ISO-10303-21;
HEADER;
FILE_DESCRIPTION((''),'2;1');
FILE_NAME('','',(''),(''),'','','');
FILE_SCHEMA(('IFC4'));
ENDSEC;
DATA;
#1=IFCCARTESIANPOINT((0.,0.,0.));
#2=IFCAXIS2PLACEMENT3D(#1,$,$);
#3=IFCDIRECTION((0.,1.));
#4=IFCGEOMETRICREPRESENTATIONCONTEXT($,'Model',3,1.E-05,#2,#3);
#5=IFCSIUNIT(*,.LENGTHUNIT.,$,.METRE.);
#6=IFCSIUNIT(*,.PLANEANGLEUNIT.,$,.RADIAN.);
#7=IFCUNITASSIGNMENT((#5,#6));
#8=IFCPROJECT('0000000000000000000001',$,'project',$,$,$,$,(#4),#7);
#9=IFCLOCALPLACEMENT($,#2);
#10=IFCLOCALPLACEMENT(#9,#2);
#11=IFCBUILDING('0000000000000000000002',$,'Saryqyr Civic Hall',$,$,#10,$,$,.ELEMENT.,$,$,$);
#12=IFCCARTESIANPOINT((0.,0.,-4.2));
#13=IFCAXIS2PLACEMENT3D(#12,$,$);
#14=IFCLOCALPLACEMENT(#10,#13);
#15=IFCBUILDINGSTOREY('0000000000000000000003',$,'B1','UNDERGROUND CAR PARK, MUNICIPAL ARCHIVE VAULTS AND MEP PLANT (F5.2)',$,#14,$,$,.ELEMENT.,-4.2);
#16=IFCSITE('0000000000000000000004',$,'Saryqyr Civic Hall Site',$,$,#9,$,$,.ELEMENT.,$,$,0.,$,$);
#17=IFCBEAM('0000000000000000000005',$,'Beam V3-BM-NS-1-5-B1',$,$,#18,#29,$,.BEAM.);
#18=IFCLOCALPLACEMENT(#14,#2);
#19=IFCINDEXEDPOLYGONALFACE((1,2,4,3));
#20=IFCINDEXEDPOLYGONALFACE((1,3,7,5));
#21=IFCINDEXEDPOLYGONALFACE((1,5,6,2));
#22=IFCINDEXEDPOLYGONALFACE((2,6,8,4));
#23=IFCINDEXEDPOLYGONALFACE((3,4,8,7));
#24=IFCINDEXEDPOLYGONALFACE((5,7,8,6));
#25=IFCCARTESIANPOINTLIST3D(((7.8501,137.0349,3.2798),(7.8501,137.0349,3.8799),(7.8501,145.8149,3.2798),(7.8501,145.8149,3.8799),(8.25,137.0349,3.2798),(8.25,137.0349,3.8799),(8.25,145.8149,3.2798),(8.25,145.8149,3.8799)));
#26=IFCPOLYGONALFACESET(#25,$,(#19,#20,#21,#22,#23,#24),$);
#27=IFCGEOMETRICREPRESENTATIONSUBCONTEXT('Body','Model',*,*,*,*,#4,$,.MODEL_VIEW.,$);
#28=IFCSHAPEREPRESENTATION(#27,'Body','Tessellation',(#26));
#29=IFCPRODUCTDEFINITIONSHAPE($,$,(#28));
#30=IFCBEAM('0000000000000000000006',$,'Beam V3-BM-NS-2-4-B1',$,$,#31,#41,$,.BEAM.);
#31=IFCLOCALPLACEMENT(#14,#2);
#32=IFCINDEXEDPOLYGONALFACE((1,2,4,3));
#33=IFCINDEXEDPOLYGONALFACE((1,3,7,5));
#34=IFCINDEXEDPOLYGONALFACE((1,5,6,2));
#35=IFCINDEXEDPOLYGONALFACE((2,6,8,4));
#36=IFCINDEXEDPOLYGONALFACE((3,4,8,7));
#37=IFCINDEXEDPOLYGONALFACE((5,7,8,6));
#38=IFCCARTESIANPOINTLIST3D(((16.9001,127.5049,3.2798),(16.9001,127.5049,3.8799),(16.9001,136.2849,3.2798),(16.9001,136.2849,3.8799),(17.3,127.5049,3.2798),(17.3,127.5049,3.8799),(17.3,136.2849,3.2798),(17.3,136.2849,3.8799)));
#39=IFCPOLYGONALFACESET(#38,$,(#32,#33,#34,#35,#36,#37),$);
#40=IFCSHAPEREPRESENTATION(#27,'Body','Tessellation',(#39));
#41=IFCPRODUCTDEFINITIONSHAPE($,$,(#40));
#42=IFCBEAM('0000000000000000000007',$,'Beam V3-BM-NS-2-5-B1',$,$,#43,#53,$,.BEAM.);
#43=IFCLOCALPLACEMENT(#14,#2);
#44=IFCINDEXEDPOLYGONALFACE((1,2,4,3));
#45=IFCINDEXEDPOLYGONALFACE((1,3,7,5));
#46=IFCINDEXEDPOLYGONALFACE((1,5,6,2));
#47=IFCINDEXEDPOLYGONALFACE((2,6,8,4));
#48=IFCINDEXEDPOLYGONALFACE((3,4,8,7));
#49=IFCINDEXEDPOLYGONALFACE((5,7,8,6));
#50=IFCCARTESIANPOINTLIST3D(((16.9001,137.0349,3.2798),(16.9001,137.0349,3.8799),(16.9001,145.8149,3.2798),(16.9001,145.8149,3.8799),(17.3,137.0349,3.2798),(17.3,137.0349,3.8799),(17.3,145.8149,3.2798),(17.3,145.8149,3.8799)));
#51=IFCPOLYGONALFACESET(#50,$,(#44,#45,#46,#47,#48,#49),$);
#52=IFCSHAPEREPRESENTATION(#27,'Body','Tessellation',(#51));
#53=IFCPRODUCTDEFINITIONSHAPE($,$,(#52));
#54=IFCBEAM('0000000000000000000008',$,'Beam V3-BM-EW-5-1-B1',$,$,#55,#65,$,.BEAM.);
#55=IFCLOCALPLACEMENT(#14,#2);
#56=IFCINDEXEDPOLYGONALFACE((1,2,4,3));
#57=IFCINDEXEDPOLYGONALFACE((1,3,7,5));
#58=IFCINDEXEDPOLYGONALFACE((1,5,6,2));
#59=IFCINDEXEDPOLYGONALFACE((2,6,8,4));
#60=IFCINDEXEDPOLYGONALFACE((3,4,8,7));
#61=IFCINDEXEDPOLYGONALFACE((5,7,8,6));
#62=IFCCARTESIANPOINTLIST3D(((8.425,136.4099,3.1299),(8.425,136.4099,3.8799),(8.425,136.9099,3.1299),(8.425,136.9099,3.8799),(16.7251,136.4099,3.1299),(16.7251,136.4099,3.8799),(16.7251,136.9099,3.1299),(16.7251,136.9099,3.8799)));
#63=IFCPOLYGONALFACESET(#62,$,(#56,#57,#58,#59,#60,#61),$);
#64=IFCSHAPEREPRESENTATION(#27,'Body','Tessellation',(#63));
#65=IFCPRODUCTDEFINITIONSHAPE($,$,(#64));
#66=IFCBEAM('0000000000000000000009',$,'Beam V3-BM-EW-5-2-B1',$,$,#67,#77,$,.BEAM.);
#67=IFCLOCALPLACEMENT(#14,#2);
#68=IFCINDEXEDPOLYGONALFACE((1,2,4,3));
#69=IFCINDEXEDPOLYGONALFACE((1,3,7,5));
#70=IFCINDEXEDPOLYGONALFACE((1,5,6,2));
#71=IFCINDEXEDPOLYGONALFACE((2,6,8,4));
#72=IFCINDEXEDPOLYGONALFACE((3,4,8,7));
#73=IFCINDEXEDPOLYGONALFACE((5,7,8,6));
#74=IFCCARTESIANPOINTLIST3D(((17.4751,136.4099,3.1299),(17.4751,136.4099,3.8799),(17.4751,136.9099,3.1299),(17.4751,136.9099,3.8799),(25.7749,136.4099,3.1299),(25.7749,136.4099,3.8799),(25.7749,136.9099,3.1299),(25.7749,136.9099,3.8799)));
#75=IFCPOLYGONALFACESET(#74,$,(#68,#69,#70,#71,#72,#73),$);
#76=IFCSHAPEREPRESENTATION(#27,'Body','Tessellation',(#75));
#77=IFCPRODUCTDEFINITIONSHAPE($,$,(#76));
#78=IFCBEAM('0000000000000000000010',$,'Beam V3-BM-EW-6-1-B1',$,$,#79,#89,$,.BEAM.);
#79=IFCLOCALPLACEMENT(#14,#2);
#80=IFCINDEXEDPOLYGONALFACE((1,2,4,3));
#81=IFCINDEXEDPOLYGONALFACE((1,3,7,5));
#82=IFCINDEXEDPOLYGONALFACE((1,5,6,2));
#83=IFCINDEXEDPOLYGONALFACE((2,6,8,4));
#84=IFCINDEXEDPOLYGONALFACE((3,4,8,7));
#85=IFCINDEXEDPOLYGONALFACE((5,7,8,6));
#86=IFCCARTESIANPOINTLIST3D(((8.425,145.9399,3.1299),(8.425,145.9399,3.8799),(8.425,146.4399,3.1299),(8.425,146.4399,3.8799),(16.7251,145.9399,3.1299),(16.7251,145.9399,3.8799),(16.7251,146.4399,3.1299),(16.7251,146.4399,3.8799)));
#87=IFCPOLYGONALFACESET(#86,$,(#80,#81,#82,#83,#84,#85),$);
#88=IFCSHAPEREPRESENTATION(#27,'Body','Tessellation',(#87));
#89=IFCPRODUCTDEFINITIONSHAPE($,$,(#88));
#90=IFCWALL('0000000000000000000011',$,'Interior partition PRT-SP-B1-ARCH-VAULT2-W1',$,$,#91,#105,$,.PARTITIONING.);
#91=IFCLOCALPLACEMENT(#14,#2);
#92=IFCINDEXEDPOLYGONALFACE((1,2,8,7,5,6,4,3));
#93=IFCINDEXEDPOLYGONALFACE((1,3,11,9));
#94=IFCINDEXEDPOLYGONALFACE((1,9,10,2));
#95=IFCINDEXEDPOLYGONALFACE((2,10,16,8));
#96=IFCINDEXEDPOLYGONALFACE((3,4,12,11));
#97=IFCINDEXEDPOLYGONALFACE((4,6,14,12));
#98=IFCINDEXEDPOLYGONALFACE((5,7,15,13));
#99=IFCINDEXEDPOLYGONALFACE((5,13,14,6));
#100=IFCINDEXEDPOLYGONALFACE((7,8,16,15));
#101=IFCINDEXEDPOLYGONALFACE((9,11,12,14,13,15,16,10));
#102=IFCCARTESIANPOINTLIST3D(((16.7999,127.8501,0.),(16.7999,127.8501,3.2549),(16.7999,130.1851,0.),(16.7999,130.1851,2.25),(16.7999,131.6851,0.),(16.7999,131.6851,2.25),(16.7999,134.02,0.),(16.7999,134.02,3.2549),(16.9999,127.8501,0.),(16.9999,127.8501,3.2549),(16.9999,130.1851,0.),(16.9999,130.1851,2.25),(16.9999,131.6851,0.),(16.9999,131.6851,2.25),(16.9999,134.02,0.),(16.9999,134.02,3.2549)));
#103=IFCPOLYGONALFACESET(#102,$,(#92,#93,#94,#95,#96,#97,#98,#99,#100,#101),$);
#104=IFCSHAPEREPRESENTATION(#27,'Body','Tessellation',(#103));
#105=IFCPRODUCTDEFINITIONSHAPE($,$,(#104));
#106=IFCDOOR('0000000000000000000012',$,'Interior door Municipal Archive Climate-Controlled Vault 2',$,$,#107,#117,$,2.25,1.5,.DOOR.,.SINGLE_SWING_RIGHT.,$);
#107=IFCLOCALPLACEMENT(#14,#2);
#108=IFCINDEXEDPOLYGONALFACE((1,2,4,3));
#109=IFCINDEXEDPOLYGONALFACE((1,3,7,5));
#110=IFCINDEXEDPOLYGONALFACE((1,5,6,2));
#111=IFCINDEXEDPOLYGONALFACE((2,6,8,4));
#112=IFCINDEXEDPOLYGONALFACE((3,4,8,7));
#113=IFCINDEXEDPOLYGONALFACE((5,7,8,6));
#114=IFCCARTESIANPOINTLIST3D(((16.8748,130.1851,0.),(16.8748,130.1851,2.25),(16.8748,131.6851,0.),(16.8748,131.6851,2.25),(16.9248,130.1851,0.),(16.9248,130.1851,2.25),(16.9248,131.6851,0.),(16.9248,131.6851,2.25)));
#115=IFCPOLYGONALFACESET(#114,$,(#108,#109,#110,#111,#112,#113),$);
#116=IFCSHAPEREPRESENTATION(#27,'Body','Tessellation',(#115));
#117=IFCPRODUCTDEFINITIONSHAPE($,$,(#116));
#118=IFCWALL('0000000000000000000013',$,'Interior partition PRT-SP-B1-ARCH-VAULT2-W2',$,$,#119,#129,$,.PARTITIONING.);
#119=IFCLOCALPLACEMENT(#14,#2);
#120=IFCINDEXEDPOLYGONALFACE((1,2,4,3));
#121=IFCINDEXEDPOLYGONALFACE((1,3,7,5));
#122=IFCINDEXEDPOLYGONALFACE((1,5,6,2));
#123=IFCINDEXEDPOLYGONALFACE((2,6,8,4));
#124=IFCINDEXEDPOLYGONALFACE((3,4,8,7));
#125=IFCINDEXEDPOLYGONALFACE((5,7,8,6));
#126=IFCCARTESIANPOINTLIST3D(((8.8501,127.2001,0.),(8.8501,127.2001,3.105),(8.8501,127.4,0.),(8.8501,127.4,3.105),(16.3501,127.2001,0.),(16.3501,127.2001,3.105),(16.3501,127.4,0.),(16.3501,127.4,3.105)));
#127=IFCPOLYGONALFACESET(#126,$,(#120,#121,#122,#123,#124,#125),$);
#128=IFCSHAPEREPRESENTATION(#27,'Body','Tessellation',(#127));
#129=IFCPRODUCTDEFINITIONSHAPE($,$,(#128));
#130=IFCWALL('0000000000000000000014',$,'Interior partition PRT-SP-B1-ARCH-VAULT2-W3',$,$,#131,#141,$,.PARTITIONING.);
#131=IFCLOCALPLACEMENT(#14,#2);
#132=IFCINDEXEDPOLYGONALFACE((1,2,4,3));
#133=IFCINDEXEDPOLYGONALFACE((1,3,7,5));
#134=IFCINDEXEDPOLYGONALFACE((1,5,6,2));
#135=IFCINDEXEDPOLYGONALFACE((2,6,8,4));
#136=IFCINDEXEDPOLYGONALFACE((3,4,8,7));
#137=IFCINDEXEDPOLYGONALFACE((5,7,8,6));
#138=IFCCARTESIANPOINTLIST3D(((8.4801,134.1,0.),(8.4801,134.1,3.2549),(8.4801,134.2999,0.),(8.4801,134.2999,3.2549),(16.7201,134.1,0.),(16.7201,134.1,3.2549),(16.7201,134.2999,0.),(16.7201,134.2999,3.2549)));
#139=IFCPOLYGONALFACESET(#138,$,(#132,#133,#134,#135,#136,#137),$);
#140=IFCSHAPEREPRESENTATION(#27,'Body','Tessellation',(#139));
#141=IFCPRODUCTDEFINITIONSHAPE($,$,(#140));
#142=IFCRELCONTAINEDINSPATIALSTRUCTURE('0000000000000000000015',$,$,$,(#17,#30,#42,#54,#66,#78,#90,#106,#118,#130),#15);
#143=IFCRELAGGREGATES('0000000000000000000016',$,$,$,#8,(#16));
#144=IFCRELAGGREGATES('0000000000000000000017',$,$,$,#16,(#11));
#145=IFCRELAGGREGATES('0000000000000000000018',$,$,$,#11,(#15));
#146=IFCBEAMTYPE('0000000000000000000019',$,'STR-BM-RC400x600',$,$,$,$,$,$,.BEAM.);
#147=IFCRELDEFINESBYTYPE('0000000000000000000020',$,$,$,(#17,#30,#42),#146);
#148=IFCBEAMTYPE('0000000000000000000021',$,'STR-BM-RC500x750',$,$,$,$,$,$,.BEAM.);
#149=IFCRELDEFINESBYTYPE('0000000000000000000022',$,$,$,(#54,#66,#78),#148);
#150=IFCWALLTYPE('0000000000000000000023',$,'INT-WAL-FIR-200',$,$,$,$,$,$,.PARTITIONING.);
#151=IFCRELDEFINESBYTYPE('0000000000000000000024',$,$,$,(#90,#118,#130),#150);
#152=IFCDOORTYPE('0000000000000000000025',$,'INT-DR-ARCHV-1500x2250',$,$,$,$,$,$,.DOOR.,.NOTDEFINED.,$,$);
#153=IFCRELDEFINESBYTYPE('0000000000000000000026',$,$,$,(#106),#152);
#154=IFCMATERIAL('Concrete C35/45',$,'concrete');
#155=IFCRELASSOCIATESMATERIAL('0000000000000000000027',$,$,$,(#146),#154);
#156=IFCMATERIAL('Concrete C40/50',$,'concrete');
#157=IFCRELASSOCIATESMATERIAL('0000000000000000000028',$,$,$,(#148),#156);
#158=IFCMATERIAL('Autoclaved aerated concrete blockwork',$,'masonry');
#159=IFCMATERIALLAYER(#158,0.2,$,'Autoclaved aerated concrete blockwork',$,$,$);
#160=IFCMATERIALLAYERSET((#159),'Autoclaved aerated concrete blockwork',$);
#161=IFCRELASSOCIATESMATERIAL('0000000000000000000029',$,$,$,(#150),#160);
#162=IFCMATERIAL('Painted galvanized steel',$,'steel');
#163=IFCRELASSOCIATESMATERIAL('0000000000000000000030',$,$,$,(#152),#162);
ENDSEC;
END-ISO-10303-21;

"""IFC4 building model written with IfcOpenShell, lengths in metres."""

from ifc_helpers import new_model, si_unit, direction, frame, frame_2d, origin, origin_2d, place, context, subcontext, project, spatial, rectangle, extrude, material, layer, layer_set, material_profile, profile_set, type_object, element, fill, save


model = new_model("IFC4")

# Units and contexts
model_context = context("Model", 3, precision=1e-05, world=origin(), true_north=direction((0.0, 1.0)))
body_context = subcontext(model_context, "Body", "Model", "MODEL_VIEW")
ifc_project = project(units=[si_unit("LENGTHUNIT", "METRE"), si_unit("PLANEANGLEUNIT", "RADIAN")], contexts=[model_context])

# Site, building, storey
site_placement = place(None, origin())
site = spatial("IfcSite", under=ifc_project, at=site_placement, Name="Saryqyr Civic Hall Site", CompositionType="ELEMENT", RefElevation=0.0)
building_placement = place(site_placement, origin())
building = spatial("IfcBuilding", under=site, at=building_placement, Name="Saryqyr Civic Hall", CompositionType="ELEMENT")
storey_placement = place(building_placement, frame((0.0, 0.0, -4.2)))
storey = spatial("IfcBuildingStorey", under=building, at=storey_placement, Name="B1", Description="UNDERGROUND CAR PARK, MUNICIPAL ARCHIVE VAULTS AND MEP PLANT (F5.2)", CompositionType="ELEMENT", Elevation=-4.2)

# Shared definitions
ifc_material_1 = material(Name="Concrete C35/45", Category="concrete")

# Shared definitions
ifc_material_2 = material(Name="Concrete C40/50", Category="concrete")

# Beams
ifc_material_profile_1 = material_profile(ifc_material_1, rectangle(XDim=0.3999, YDim=0.6001, at=origin_2d()), Name="RC 400x600")
ifc_profile_set_1 = profile_set([ifc_material_profile_1], Name="Concrete C35/45")
beam_type_1 = type_object("IfcBeamType", Name="STR-BM-RC400x600", PredefinedType="BEAM", material=ifc_profile_set_1)
for number, where, z_axis, x_axis, name in (
    (1, (8.05, 137.0349, 3.5798), (0.0, 1.0, 0.0), (-1.0, 0.0, 0.0), "Beam V3-BM-NS-1-5-B1"),
    (2, (17.1001, 127.5049, 3.5798), (0.0, 1.0, 0.0), (-1.0, 0.0, 0.0), "Beam V3-BM-NS-2-4-B1"),
    (3, (17.1001, 137.0349, 3.5798), (0.0, 1.0, 0.0), (-1.0, 0.0, 0.0), "Beam V3-BM-NS-2-5-B1"),
):
    element("IfcBeam", number, at=place(storey_placement, frame(where, z_axis=z_axis, x_axis=x_axis)), inside=storey, type_object=beam_type_1, Name=name, PredefinedType="BEAM", context=body_context, shape_type="SweptSolid", body=[
        extrude(rectangle(XDim=0.3999, YDim=0.6001, at=origin_2d()), origin(), (0.0, 0.0, 1.0), 8.78),
    ])
ifc_material_profile_2 = material_profile(ifc_material_2, rectangle(XDim=0.5, YDim=0.75, at=origin_2d()), Name="RC 500x750")
ifc_profile_set_2 = profile_set([ifc_material_profile_2], Name="Concrete C40/50")
beam_type_2 = type_object("IfcBeamType", Name="STR-BM-RC500x750", PredefinedType="BEAM", material=ifc_profile_set_2)
beam_1_placement = place(storey_placement, frame((8.425, 136.6599, 3.5049), z_axis=(1.0, 0.0, 0.0), x_axis=(0.0, 1.0, 0.0)))
element("IfcBeam", 4, at=beam_1_placement, inside=storey, type_object=beam_type_2, Name="Beam V3-BM-EW-5-1-B1", PredefinedType="BEAM", context=body_context, shape_type="SweptSolid", body=[
    extrude(rectangle(XDim=0.5, YDim=0.75, at=origin_2d()), origin(), (0.0, 0.0, 1.0), 8.3),
])
beam_2_placement = place(storey_placement, frame((17.4751, 136.6599, 3.5049), z_axis=(1.0, 0.0, 0.0), x_axis=(0.0, 1.0, 0.0)))
element("IfcBeam", 5, at=beam_2_placement, inside=storey, type_object=beam_type_2, Name="Beam V3-BM-EW-5-2-B1", PredefinedType="BEAM", context=body_context, shape_type="SweptSolid", body=[
    extrude(rectangle(XDim=0.5, YDim=0.75, at=origin_2d()), origin(), (0.0, 0.0, 1.0), 8.2998),
])
beam_3_placement = place(storey_placement, frame((8.425, 146.1899, 3.5049), z_axis=(1.0, 0.0, 0.0), x_axis=(0.0, 1.0, 0.0)))
element("IfcBeam", 6, at=beam_3_placement, inside=storey, type_object=beam_type_2, Name="Beam V3-BM-EW-6-1-B1", PredefinedType="BEAM", context=body_context, shape_type="SweptSolid", body=[
    extrude(rectangle(XDim=0.5, YDim=0.75, at=origin_2d()), origin(), (0.0, 0.0, 1.0), 8.3),
])

# Wall, opening, door
ifc_material_3 = material(Name="Autoclaved aerated concrete blockwork", Category="masonry")
ifc_layer = layer(ifc_material_3, 0.2, Name="Autoclaved aerated concrete blockwork")
ifc_layer_set = layer_set([ifc_layer], Name="Autoclaved aerated concrete blockwork")
wall_type = type_object("IfcWallType", Name="INT-WAL-FIR-200", PredefinedType="PARTITIONING", material=ifc_layer_set)
wall_1_placement = place(storey_placement, frame((16.8999, 134.02, 0.0), z_axis=(0.0, 0.0, 1.0), x_axis=(0.0, -1.0, 0.0)))
wall_1 = element("IfcWall", 7, at=wall_1_placement, inside=storey, type_object=wall_type, Name="Interior partition PRT-SP-B1-ARCH-VAULT2-W1", PredefinedType="PARTITIONING", context=body_context, shape_type="SweptSolid", body=[
    extrude(rectangle(XDim=6.1699, YDim=0.2, at=frame_2d((3.085, 0.0))), origin(), (0.0, 0.0, 1.0), 3.2549),
])
opening_placement = place(wall_1_placement, frame((2.335, 0.0, 0.0)))
opening = element("IfcOpeningElement", 8, at=opening_placement, cuts=wall_1, PredefinedType="OPENING", context=body_context, shape_type="SweptSolid", body=[
    extrude(rectangle(XDim=1.5, YDim=2.25, at=frame_2d((0.75, 1.125))), frame((0.0, 0.1099, 0.0), z_axis=(0.0, -1.0, 0.0), x_axis=(1.0, 0.0, 0.0)), (0.0, 0.0, 1.0), 0.22),
])
ifc_material_4 = material(Name="Painted galvanized steel", Category="steel")
door_type = type_object("IfcDoorType", Name="INT-DR-ARCHV-1500x2250", OperationType="NOTDEFINED", PredefinedType="DOOR", material=ifc_material_4)
door_placement = place(opening_placement, origin())
door = element("IfcDoor", 9, at=door_placement, inside=storey, type_object=door_type, Name="Interior door Municipal Archive Climate-Controlled Vault 2", OperationType="SINGLE_SWING_RIGHT", OverallHeight=2.25, OverallWidth=1.5, PredefinedType="DOOR", context=body_context, shape_type="SweptSolid", body=[
    extrude(rectangle(XDim=1.5, YDim=2.25, at=frame_2d((0.75, 1.125))), frame((0.0, 0.0249, 0.0), z_axis=(0.0, -1.0, 0.0), x_axis=(1.0, 0.0, 0.0)), (0.0, 0.0, 1.0), 0.05),
])
fill(opening, door)

# Walls
wall_2_placement = place(storey_placement, frame((16.3501, 127.3, 0.0), z_axis=(0.0, 0.0, 1.0), x_axis=(-1.0, 0.0, 0.0)))
element("IfcWall", 10, at=wall_2_placement, inside=storey, type_object=wall_type, Name="Interior partition PRT-SP-B1-ARCH-VAULT2-W2", PredefinedType="PARTITIONING", context=body_context, shape_type="SweptSolid", body=[
    extrude(rectangle(XDim=7.5, YDim=0.2, at=frame_2d((3.75, 0.0))), origin(), (0.0, 0.0, 1.0), 3.105),
])
wall_3_placement = place(storey_placement, frame((8.48, 134.2, 0.0), z_axis=(0.0, 0.0, 1.0), x_axis=(1.0, 0.0, 0.0)))
element("IfcWall", 11, at=wall_3_placement, inside=storey, type_object=wall_type, Name="Interior partition PRT-SP-B1-ARCH-VAULT2-W3", PredefinedType="PARTITIONING", context=body_context, shape_type="SweptSolid", body=[
    extrude(rectangle(XDim=8.24, YDim=0.2, at=frame_2d((4.1201, 0.0))), origin(), (0.0, 0.0, 1.0), 3.2549),
])

save(model, "model.ifc")
